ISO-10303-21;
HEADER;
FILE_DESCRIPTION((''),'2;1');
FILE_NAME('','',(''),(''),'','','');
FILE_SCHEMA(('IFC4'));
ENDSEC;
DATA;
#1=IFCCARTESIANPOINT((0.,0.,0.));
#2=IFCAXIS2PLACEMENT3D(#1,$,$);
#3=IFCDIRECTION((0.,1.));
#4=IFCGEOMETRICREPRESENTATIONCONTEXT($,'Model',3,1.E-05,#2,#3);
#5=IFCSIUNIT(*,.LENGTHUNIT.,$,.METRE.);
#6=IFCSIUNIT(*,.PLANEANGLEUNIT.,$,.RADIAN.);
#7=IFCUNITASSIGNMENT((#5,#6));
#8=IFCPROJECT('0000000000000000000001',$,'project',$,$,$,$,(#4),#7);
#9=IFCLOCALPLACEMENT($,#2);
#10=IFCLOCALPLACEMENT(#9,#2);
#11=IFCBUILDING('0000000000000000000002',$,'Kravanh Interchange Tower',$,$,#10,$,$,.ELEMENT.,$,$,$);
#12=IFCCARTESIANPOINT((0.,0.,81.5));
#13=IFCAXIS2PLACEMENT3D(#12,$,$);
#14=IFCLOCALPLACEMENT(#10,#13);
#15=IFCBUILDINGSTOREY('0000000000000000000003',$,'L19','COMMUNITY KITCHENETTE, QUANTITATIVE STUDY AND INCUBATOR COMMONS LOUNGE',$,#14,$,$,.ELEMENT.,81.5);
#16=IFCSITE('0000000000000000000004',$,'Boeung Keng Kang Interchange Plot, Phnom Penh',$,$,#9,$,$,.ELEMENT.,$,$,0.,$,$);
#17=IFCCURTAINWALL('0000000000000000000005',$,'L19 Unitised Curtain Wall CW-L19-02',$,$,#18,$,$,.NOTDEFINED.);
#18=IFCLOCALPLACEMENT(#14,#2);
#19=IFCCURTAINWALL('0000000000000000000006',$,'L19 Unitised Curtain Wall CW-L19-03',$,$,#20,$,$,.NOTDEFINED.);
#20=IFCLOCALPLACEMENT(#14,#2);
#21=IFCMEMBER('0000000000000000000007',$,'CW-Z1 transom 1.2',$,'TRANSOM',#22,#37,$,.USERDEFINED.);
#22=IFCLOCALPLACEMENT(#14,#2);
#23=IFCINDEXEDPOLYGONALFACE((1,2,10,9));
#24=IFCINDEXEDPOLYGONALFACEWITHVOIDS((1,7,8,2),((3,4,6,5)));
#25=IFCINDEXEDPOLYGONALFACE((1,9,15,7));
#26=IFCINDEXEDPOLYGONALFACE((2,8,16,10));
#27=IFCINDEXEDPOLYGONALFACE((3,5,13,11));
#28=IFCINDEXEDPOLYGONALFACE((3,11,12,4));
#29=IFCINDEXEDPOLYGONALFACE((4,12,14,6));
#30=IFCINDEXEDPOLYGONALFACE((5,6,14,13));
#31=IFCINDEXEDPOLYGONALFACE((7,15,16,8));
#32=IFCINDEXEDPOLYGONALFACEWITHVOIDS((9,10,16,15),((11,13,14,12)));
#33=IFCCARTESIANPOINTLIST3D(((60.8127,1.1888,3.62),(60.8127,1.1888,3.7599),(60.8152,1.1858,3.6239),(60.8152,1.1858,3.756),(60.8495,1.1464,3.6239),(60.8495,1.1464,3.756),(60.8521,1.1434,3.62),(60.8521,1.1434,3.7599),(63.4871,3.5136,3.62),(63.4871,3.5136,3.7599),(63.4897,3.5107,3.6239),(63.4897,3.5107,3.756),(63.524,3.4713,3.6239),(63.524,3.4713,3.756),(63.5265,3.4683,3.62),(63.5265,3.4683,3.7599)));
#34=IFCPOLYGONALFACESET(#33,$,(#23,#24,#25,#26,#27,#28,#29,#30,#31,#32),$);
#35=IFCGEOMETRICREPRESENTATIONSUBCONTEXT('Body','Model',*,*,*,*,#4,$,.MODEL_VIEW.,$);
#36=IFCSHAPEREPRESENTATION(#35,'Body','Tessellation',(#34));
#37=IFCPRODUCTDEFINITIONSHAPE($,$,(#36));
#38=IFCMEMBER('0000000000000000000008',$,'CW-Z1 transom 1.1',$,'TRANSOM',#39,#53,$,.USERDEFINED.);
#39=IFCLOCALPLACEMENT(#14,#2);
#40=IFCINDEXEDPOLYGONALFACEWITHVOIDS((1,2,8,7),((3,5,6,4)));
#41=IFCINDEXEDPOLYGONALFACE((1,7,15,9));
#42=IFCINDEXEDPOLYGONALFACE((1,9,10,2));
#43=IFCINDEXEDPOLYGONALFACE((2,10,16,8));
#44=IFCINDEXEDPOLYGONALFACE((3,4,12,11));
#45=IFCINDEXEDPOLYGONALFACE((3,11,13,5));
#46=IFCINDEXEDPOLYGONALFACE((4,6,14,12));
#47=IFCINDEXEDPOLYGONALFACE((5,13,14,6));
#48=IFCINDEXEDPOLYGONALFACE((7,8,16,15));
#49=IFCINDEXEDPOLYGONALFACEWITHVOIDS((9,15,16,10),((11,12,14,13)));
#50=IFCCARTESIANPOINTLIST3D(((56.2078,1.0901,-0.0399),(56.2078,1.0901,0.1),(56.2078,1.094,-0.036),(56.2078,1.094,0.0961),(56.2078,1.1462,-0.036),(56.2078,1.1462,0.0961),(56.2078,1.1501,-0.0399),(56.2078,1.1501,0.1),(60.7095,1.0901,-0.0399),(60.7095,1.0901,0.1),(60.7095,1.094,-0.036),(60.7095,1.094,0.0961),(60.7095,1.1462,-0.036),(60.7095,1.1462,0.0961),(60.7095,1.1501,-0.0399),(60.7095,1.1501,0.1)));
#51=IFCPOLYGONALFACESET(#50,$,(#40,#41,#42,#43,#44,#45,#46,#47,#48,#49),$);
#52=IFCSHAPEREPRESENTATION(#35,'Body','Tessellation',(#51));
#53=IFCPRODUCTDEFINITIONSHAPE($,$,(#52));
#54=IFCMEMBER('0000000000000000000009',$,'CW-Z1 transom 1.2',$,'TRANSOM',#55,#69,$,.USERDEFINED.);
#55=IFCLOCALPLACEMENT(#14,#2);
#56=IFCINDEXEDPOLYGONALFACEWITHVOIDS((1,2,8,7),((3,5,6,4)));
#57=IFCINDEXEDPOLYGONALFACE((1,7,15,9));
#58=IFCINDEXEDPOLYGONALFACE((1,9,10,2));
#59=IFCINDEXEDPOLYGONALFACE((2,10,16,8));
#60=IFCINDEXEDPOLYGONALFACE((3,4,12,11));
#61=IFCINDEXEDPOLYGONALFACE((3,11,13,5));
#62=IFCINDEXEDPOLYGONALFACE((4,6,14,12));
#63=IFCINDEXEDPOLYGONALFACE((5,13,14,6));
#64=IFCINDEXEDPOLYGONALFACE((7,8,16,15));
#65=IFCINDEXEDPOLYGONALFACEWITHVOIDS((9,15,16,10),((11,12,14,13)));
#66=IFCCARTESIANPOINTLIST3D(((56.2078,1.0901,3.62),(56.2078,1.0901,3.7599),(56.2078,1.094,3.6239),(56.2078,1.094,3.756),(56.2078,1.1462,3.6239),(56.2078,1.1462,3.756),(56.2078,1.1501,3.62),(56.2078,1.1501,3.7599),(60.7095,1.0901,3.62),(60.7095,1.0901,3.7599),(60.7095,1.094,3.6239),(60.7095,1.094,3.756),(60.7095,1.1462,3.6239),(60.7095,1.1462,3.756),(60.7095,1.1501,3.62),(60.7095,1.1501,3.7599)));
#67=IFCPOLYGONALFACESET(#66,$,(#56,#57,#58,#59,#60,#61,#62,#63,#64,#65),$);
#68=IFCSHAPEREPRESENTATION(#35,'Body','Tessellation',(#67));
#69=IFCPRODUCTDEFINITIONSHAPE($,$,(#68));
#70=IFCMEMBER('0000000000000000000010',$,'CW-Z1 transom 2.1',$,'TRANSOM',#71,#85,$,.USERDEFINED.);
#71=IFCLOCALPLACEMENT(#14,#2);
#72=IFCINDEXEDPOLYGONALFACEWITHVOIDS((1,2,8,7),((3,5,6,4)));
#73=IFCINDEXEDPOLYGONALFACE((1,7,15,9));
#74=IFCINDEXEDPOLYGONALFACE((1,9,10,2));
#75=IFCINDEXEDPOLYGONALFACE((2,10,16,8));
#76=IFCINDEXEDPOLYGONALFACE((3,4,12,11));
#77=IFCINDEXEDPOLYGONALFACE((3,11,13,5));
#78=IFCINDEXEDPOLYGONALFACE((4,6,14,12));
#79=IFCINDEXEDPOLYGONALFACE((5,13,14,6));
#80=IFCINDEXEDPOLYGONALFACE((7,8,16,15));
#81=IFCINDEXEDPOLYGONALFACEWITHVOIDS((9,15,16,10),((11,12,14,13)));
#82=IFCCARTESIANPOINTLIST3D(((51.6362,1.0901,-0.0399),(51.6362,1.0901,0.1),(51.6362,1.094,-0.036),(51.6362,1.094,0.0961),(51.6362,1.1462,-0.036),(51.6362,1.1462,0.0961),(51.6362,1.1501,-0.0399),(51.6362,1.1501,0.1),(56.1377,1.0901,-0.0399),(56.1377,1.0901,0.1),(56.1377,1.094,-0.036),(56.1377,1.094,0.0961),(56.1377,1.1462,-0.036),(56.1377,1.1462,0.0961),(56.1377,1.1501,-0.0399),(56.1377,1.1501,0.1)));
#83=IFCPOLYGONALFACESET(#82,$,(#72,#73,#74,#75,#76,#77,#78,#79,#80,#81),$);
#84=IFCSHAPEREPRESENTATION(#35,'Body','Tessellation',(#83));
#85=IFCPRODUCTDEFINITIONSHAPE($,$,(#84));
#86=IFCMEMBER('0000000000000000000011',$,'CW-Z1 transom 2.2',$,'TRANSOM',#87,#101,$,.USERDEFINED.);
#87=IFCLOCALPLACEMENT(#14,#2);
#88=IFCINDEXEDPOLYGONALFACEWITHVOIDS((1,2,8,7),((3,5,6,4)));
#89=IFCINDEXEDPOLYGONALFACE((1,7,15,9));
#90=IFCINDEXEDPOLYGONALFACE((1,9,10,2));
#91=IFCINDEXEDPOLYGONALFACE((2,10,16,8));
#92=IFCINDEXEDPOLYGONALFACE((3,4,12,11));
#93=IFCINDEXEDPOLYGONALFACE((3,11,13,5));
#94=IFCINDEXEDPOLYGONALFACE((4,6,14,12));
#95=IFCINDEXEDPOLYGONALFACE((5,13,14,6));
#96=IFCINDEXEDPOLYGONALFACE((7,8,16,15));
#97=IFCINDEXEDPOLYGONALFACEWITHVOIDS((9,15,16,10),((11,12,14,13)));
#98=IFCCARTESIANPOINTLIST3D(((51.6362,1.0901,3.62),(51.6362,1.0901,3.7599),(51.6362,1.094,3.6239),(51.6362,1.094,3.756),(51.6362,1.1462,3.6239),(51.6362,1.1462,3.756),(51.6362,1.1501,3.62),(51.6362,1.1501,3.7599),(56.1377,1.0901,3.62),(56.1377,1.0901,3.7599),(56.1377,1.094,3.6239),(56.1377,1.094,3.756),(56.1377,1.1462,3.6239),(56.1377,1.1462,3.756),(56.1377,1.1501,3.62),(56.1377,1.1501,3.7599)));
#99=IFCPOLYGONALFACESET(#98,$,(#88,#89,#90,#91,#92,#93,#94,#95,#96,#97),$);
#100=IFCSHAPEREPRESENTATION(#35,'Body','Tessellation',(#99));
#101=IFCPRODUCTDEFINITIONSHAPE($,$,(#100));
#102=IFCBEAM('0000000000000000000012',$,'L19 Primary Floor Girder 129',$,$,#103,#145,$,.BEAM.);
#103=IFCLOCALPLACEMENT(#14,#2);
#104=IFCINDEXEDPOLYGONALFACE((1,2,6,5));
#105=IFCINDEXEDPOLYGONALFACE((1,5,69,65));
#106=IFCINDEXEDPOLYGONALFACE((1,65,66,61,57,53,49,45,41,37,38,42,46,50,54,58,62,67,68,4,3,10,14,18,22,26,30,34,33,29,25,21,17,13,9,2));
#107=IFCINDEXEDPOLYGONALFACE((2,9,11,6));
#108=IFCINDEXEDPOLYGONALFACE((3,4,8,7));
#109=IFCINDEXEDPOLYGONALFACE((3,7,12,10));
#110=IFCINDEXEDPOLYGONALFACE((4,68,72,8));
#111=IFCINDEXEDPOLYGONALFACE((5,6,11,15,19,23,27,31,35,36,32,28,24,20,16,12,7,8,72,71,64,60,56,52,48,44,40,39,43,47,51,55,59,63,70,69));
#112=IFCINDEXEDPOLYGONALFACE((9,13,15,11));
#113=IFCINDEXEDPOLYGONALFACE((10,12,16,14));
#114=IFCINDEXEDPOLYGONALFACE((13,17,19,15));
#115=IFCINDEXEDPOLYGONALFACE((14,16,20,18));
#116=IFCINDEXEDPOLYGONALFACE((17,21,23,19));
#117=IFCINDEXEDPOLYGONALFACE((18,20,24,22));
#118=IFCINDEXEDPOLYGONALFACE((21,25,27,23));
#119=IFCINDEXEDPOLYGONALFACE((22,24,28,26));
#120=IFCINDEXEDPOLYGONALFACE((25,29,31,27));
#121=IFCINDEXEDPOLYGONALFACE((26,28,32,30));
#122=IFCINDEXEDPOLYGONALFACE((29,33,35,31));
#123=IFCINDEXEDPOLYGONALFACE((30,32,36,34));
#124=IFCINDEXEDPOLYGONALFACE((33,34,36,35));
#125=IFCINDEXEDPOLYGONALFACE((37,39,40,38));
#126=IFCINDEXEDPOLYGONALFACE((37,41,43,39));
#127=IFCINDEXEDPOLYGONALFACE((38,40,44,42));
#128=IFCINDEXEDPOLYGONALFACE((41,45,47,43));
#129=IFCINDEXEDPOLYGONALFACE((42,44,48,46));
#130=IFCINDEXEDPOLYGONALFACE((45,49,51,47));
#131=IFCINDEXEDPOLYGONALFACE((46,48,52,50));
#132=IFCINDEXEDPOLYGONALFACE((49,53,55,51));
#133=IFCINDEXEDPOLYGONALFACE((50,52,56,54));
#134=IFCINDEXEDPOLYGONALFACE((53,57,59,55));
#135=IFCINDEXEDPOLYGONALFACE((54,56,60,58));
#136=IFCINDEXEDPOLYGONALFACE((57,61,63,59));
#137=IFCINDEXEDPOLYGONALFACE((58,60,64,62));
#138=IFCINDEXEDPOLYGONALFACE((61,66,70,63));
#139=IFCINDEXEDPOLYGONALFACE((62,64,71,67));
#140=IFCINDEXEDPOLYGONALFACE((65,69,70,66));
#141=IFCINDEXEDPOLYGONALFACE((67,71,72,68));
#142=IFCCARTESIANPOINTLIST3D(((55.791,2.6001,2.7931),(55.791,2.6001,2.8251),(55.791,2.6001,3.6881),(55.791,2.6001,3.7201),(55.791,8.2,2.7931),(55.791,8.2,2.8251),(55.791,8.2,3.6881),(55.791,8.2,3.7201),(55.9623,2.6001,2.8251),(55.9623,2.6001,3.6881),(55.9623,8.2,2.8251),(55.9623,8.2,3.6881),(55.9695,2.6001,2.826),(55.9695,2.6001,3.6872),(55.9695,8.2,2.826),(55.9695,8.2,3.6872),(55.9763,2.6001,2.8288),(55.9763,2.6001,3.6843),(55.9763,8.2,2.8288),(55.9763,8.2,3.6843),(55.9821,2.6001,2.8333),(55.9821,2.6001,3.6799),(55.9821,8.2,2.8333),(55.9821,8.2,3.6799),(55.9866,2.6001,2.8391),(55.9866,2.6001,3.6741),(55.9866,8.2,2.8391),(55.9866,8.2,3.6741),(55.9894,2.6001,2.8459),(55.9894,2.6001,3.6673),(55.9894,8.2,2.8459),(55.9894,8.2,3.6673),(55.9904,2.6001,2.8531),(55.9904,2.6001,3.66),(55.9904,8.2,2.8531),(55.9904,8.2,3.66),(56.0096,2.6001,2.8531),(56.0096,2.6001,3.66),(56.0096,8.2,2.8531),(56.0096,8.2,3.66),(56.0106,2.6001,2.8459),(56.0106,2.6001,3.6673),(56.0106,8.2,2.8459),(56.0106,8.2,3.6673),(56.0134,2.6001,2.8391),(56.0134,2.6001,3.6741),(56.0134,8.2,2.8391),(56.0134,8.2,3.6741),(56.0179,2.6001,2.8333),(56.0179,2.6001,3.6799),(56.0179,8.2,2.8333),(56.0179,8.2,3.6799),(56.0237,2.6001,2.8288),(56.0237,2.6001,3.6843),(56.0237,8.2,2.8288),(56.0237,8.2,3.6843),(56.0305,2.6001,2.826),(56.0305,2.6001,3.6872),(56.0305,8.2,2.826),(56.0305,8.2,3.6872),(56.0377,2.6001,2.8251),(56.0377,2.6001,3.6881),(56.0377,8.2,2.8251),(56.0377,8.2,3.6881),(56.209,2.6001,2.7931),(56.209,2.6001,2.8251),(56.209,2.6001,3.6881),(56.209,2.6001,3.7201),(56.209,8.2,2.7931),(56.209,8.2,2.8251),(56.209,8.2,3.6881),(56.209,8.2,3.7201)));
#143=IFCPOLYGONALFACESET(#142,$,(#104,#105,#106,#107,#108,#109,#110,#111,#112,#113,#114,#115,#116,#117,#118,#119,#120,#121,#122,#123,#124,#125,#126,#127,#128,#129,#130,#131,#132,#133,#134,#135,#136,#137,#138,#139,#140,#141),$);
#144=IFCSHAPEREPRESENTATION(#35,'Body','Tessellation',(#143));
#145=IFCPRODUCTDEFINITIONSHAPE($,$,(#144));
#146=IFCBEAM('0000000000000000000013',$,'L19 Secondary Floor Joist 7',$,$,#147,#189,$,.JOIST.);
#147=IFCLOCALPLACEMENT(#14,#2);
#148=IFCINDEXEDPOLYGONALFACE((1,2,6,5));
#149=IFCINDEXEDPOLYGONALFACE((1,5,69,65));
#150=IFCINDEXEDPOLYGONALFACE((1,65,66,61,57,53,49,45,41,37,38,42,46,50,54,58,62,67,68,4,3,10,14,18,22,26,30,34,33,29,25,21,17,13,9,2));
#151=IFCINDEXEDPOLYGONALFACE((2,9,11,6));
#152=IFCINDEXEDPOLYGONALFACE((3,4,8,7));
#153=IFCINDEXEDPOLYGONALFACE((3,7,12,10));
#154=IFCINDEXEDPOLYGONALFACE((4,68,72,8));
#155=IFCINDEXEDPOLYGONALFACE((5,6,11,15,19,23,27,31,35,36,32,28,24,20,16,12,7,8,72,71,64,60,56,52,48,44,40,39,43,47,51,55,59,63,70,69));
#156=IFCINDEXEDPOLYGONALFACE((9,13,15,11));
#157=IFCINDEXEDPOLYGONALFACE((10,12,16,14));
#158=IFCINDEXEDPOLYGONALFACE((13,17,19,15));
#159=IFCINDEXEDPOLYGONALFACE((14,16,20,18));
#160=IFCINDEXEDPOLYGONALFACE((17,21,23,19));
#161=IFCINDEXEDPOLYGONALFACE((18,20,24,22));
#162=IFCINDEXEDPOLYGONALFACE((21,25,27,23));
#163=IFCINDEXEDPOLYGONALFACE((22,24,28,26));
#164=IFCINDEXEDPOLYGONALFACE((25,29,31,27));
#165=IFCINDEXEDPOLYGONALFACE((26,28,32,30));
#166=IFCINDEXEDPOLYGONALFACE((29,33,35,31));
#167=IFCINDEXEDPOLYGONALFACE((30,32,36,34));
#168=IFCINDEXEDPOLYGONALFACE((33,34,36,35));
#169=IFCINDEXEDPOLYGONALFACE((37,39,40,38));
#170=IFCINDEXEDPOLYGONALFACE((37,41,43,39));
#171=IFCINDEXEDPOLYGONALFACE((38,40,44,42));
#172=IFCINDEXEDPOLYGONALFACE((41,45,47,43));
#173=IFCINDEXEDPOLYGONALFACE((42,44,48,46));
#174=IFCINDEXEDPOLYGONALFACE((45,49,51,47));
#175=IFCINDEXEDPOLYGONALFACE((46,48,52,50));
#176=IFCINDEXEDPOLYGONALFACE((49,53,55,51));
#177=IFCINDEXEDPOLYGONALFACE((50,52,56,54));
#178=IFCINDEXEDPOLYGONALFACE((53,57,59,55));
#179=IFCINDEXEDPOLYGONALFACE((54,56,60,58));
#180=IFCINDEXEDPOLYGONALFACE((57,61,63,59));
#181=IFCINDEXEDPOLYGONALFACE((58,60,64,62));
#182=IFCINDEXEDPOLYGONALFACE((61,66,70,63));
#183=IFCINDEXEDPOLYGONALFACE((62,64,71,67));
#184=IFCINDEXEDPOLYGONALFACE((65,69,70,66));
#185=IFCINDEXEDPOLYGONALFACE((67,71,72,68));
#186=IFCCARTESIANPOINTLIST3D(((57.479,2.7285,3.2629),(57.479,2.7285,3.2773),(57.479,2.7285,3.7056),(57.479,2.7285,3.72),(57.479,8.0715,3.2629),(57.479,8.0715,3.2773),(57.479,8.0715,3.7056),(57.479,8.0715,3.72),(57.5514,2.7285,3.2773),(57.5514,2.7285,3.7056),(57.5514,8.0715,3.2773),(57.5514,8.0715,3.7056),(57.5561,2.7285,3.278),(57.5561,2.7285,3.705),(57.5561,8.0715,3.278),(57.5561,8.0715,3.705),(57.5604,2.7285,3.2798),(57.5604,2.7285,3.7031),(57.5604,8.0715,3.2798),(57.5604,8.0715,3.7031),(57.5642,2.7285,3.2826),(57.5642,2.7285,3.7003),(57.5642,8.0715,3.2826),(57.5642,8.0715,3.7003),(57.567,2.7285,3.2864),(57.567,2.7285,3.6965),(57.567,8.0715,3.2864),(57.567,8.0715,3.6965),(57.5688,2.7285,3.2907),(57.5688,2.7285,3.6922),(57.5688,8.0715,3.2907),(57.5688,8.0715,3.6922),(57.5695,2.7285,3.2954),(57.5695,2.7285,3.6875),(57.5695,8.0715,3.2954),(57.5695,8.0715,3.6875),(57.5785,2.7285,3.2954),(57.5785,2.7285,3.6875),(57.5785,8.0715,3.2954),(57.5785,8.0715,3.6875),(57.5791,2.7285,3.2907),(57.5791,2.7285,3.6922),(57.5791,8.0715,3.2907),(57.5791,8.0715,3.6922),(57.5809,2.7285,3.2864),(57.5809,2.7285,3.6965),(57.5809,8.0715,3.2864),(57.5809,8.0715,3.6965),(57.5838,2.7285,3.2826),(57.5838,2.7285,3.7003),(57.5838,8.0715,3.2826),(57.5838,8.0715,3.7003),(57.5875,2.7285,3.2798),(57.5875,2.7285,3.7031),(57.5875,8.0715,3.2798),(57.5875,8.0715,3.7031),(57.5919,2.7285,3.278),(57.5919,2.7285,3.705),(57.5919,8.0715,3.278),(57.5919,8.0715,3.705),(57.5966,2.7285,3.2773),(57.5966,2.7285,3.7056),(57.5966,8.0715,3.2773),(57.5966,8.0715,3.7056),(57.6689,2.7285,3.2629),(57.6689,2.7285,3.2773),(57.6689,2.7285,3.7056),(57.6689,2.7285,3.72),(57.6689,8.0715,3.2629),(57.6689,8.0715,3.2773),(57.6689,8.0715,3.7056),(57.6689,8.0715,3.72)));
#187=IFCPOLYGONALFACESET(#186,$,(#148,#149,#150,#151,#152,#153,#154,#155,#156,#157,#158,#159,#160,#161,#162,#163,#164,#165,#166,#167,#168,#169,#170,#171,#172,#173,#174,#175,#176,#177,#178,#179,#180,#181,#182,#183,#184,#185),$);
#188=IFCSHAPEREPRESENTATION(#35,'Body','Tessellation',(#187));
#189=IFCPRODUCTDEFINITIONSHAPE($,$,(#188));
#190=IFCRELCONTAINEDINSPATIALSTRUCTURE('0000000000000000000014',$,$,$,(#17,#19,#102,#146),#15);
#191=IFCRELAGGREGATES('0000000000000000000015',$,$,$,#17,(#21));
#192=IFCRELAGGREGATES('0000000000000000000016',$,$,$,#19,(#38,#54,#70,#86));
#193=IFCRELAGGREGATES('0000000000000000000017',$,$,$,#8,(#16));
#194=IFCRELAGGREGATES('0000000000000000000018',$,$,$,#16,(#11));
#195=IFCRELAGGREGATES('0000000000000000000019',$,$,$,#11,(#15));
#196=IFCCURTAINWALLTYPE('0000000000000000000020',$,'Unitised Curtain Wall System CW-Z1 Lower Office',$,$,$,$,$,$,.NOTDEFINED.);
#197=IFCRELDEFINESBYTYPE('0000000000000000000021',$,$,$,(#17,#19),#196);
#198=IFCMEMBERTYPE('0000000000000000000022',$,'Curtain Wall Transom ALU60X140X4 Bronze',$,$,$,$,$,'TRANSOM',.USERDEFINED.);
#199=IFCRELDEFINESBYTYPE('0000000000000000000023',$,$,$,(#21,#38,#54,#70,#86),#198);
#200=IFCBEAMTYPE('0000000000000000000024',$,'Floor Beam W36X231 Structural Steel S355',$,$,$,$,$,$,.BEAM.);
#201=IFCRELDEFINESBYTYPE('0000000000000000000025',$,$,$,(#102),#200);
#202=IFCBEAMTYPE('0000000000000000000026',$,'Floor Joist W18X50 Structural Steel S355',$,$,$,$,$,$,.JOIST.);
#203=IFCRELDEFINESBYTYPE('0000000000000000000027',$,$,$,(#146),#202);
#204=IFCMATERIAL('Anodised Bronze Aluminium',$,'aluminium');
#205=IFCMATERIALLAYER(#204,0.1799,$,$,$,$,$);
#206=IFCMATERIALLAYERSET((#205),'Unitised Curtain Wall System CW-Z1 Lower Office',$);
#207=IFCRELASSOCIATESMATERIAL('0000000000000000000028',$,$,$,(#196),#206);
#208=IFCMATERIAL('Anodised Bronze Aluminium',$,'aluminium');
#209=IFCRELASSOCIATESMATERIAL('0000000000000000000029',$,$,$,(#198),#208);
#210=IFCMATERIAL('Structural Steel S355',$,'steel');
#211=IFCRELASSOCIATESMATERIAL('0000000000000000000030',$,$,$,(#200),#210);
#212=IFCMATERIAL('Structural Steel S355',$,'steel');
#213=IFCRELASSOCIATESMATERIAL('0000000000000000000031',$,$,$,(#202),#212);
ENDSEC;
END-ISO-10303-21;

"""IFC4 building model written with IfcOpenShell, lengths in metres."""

from ifc_helpers import new_model, si_unit, direction, frame, origin, origin_2d, place, context, subcontext, project, spatial, hollow_rectangle, i_section, extrude, material, layer, layer_set, material_profile, profile_set, type_object, element, aggregate, save


model = new_model("IFC4")

# Units and contexts
model_context = context("Model", 3, precision=1e-05, world=origin(), true_north=direction((0.0, 1.0)))
body_context = subcontext(model_context, "Body", "Model", "MODEL_VIEW")
ifc_project = project(units=[si_unit("LENGTHUNIT", "METRE"), si_unit("PLANEANGLEUNIT", "RADIAN")], contexts=[model_context])

# Site, building, storey
site_placement = place(None, origin())
site = spatial("IfcSite", under=ifc_project, at=site_placement, Name="Boeung Keng Kang Interchange Plot, Phnom Penh", CompositionType="ELEMENT", RefElevation=0.0)
building_placement = place(site_placement, origin())
building = spatial("IfcBuilding", under=site, at=building_placement, Name="Kravanh Interchange Tower", CompositionType="ELEMENT")
storey_placement = place(building_placement, frame((0.0, 0.0, 81.5)))
storey = spatial("IfcBuildingStorey", under=building, at=storey_placement, Name="L19", Description="COMMUNITY KITCHENETTE, QUANTITATIVE STUDY AND INCUBATOR COMMONS LOUNGE", CompositionType="ELEMENT", Elevation=81.5)

# Curtain walls
ifc_material_1 = material(Name="Anodised Bronze Aluminium", Category="aluminium")
ifc_layer_1 = layer(ifc_material_1, 0.1799)
ifc_layer_set_1 = layer_set([ifc_layer_1], Name="Unitised Curtain Wall System CW-Z1 Lower Office")
curtain_wall_type = type_object("IfcCurtainWallType", Name="Unitised Curtain Wall System CW-Z1 Lower Office", PredefinedType="NOTDEFINED", material=ifc_layer_set_1)
curtain_wall_1_placement = place(storey_placement, origin())
curtain_wall_1 = element("IfcCurtainWall", 1, at=curtain_wall_1_placement, inside=storey, type_object=curtain_wall_type, Name="L19 Unitised Curtain Wall CW-L19-02", PredefinedType="NOTDEFINED")
curtain_wall_2_placement = place(storey_placement, origin())
curtain_wall_2 = element("IfcCurtainWall", 2, at=curtain_wall_2_placement, inside=storey, type_object=curtain_wall_type, Name="L19 Unitised Curtain Wall CW-L19-03", PredefinedType="NOTDEFINED")

# Members
ifc_material_2 = material(Name="Anodised Bronze Aluminium", Category="aluminium")
ifc_material_profile_1 = material_profile(ifc_material_2, hollow_rectangle(XDim=0.0601, YDim=0.1399, WallThickness=0.0039, at=origin_2d()), Name="ALU60X140X4")
ifc_profile_set_1 = profile_set([ifc_material_profile_1], Name="Anodised Bronze Aluminium")
member_type_1 = type_object("IfcMemberType", Name="Curtain Wall Transom ALU60X140X4 Bronze", ElementType="TRANSOM", PredefinedType="USERDEFINED", material=ifc_profile_set_1)
member_1_placement = place(storey_placement, frame((63.5068, 3.491, 3.6899), z_axis=(-0.754711, -0.656058, 0.0), x_axis=(0.656058, -0.754711, 0.0)))
member_1 = element("IfcMember", 3, at=member_1_placement, type_object=member_type_1, Name="CW-Z1 transom 1.2", ObjectType="TRANSOM", PredefinedType="USERDEFINED", context=body_context, shape_type="SweptSolid", body=[
    extrude(hollow_rectangle(XDim=0.0601, YDim=0.1399, WallThickness=0.0039, at=origin_2d()), origin(), (0.0, 0.0, 1.0), 3.5437),
])
member_2_placement = place(storey_placement, frame((60.7095, 1.1201, 0.03), z_axis=(-1.0, 0.0, 0.0), x_axis=(0.0, -1.0, 0.0)))
member_2 = element("IfcMember", 4, at=member_2_placement, type_object=member_type_1, Name="CW-Z1 transom 1.1", ObjectType="TRANSOM", PredefinedType="USERDEFINED", context=body_context, shape_type="SweptSolid", body=[
    extrude(hollow_rectangle(XDim=0.0601, YDim=0.1399, WallThickness=0.0039, at=origin_2d()), origin(), (0.0, 0.0, 1.0), 4.5017),
])
member_3_placement = place(storey_placement, frame((60.7095, 1.1201, 3.6899), z_axis=(-1.0, 0.0, 0.0), x_axis=(0.0, -1.0, 0.0)))
member_3 = element("IfcMember", 5, at=member_3_placement, type_object=member_type_1, Name="CW-Z1 transom 1.2", ObjectType="TRANSOM", PredefinedType="USERDEFINED", context=body_context, shape_type="SweptSolid", body=[
    extrude(hollow_rectangle(XDim=0.0601, YDim=0.1399, WallThickness=0.0039, at=origin_2d()), origin(), (0.0, 0.0, 1.0), 4.5017),
])
member_4_placement = place(storey_placement, frame((56.1377, 1.1201, 0.03), z_axis=(-1.0, 0.0, 0.0), x_axis=(0.0, -1.0, 0.0)))
member_4 = element("IfcMember", 6, at=member_4_placement, type_object=member_type_1, Name="CW-Z1 transom 2.1", ObjectType="TRANSOM", PredefinedType="USERDEFINED", context=body_context, shape_type="SweptSolid", body=[
    extrude(hollow_rectangle(XDim=0.0601, YDim=0.1399, WallThickness=0.0039, at=origin_2d()), origin(), (0.0, 0.0, 1.0), 4.5015),
])
member_5_placement = place(storey_placement, frame((56.1377, 1.1201, 3.6899), z_axis=(-1.0, 0.0, 0.0), x_axis=(0.0, -1.0, 0.0)))
member_5 = element("IfcMember", 7, at=member_5_placement, type_object=member_type_1, Name="CW-Z1 transom 2.2", ObjectType="TRANSOM", PredefinedType="USERDEFINED", context=body_context, shape_type="SweptSolid", body=[
    extrude(hollow_rectangle(XDim=0.0601, YDim=0.1399, WallThickness=0.0039, at=origin_2d()), origin(), (0.0, 0.0, 1.0), 4.5015),
])

# Beams
ifc_material_3 = material(Name="Structural Steel S355", Category="steel")
ifc_material_profile_2 = material_profile(ifc_material_3, i_section(OverallWidth=0.418, OverallDepth=0.927, WebThickness=0.0193, FlangeThickness=0.032, FilletRadius=0.0281, at=origin_2d()), Name="W36X231")
ifc_profile_set_2 = profile_set([ifc_material_profile_2], Name="Structural Steel S355")
beam_type_1 = type_object("IfcBeamType", Name="Floor Beam W36X231 Structural Steel S355", PredefinedType="BEAM", material=ifc_profile_set_2)
beam_1_placement = place(storey_placement, frame((56.0, 2.6001, 3.2566), z_axis=(0.0, 1.0, 0.0), x_axis=(-1.0, 0.0, 0.0)))
element("IfcBeam", 8, at=beam_1_placement, inside=storey, type_object=beam_type_1, Name="L19 Primary Floor Girder 129", PredefinedType="BEAM", context=body_context, shape_type="SweptSolid", body=[
    extrude(i_section(OverallWidth=0.418, OverallDepth=0.927, WebThickness=0.0193, FlangeThickness=0.032, FilletRadius=0.0281, at=origin_2d()), origin(), (0.0, 0.0, 1.0), 5.5999),
])
ifc_material_4 = material(Name="Structural Steel S355", Category="steel")
ifc_material_profile_3 = material_profile(ifc_material_4, i_section(OverallWidth=0.1899, OverallDepth=0.457, WebThickness=0.009, FlangeThickness=0.0144, FilletRadius=0.0181, at=origin_2d()), Name="W18X50")
ifc_profile_set_3 = profile_set([ifc_material_profile_3], Name="Structural Steel S355")
beam_type_2 = type_object("IfcBeamType", Name="Floor Joist W18X50 Structural Steel S355", PredefinedType="JOIST", material=ifc_profile_set_3)
for number, where, z_axis, x_axis, name in (
    (9, (57.574, 2.7285, 3.4915), (0.0, 1.0, 0.0), (-1.0, 0.0, 0.0), "L19 Secondary Floor Joist 7"),
):
    element("IfcBeam", number, at=place(storey_placement, frame(where, z_axis=z_axis, x_axis=x_axis)), inside=storey, type_object=beam_type_2, Name=name, PredefinedType="JOIST", context=body_context, shape_type="SweptSolid", body=[
        extrude(i_section(OverallWidth=0.1899, OverallDepth=0.457, WebThickness=0.009, FlangeThickness=0.0144, FilletRadius=0.0181, at=origin_2d()), origin(), (0.0, 0.0, 1.0), 5.343),
    ])

aggregate(curtain_wall_1, [member_1])
aggregate(curtain_wall_2, [member_2, member_3, member_4, member_5])

save(model, "model.ifc")
